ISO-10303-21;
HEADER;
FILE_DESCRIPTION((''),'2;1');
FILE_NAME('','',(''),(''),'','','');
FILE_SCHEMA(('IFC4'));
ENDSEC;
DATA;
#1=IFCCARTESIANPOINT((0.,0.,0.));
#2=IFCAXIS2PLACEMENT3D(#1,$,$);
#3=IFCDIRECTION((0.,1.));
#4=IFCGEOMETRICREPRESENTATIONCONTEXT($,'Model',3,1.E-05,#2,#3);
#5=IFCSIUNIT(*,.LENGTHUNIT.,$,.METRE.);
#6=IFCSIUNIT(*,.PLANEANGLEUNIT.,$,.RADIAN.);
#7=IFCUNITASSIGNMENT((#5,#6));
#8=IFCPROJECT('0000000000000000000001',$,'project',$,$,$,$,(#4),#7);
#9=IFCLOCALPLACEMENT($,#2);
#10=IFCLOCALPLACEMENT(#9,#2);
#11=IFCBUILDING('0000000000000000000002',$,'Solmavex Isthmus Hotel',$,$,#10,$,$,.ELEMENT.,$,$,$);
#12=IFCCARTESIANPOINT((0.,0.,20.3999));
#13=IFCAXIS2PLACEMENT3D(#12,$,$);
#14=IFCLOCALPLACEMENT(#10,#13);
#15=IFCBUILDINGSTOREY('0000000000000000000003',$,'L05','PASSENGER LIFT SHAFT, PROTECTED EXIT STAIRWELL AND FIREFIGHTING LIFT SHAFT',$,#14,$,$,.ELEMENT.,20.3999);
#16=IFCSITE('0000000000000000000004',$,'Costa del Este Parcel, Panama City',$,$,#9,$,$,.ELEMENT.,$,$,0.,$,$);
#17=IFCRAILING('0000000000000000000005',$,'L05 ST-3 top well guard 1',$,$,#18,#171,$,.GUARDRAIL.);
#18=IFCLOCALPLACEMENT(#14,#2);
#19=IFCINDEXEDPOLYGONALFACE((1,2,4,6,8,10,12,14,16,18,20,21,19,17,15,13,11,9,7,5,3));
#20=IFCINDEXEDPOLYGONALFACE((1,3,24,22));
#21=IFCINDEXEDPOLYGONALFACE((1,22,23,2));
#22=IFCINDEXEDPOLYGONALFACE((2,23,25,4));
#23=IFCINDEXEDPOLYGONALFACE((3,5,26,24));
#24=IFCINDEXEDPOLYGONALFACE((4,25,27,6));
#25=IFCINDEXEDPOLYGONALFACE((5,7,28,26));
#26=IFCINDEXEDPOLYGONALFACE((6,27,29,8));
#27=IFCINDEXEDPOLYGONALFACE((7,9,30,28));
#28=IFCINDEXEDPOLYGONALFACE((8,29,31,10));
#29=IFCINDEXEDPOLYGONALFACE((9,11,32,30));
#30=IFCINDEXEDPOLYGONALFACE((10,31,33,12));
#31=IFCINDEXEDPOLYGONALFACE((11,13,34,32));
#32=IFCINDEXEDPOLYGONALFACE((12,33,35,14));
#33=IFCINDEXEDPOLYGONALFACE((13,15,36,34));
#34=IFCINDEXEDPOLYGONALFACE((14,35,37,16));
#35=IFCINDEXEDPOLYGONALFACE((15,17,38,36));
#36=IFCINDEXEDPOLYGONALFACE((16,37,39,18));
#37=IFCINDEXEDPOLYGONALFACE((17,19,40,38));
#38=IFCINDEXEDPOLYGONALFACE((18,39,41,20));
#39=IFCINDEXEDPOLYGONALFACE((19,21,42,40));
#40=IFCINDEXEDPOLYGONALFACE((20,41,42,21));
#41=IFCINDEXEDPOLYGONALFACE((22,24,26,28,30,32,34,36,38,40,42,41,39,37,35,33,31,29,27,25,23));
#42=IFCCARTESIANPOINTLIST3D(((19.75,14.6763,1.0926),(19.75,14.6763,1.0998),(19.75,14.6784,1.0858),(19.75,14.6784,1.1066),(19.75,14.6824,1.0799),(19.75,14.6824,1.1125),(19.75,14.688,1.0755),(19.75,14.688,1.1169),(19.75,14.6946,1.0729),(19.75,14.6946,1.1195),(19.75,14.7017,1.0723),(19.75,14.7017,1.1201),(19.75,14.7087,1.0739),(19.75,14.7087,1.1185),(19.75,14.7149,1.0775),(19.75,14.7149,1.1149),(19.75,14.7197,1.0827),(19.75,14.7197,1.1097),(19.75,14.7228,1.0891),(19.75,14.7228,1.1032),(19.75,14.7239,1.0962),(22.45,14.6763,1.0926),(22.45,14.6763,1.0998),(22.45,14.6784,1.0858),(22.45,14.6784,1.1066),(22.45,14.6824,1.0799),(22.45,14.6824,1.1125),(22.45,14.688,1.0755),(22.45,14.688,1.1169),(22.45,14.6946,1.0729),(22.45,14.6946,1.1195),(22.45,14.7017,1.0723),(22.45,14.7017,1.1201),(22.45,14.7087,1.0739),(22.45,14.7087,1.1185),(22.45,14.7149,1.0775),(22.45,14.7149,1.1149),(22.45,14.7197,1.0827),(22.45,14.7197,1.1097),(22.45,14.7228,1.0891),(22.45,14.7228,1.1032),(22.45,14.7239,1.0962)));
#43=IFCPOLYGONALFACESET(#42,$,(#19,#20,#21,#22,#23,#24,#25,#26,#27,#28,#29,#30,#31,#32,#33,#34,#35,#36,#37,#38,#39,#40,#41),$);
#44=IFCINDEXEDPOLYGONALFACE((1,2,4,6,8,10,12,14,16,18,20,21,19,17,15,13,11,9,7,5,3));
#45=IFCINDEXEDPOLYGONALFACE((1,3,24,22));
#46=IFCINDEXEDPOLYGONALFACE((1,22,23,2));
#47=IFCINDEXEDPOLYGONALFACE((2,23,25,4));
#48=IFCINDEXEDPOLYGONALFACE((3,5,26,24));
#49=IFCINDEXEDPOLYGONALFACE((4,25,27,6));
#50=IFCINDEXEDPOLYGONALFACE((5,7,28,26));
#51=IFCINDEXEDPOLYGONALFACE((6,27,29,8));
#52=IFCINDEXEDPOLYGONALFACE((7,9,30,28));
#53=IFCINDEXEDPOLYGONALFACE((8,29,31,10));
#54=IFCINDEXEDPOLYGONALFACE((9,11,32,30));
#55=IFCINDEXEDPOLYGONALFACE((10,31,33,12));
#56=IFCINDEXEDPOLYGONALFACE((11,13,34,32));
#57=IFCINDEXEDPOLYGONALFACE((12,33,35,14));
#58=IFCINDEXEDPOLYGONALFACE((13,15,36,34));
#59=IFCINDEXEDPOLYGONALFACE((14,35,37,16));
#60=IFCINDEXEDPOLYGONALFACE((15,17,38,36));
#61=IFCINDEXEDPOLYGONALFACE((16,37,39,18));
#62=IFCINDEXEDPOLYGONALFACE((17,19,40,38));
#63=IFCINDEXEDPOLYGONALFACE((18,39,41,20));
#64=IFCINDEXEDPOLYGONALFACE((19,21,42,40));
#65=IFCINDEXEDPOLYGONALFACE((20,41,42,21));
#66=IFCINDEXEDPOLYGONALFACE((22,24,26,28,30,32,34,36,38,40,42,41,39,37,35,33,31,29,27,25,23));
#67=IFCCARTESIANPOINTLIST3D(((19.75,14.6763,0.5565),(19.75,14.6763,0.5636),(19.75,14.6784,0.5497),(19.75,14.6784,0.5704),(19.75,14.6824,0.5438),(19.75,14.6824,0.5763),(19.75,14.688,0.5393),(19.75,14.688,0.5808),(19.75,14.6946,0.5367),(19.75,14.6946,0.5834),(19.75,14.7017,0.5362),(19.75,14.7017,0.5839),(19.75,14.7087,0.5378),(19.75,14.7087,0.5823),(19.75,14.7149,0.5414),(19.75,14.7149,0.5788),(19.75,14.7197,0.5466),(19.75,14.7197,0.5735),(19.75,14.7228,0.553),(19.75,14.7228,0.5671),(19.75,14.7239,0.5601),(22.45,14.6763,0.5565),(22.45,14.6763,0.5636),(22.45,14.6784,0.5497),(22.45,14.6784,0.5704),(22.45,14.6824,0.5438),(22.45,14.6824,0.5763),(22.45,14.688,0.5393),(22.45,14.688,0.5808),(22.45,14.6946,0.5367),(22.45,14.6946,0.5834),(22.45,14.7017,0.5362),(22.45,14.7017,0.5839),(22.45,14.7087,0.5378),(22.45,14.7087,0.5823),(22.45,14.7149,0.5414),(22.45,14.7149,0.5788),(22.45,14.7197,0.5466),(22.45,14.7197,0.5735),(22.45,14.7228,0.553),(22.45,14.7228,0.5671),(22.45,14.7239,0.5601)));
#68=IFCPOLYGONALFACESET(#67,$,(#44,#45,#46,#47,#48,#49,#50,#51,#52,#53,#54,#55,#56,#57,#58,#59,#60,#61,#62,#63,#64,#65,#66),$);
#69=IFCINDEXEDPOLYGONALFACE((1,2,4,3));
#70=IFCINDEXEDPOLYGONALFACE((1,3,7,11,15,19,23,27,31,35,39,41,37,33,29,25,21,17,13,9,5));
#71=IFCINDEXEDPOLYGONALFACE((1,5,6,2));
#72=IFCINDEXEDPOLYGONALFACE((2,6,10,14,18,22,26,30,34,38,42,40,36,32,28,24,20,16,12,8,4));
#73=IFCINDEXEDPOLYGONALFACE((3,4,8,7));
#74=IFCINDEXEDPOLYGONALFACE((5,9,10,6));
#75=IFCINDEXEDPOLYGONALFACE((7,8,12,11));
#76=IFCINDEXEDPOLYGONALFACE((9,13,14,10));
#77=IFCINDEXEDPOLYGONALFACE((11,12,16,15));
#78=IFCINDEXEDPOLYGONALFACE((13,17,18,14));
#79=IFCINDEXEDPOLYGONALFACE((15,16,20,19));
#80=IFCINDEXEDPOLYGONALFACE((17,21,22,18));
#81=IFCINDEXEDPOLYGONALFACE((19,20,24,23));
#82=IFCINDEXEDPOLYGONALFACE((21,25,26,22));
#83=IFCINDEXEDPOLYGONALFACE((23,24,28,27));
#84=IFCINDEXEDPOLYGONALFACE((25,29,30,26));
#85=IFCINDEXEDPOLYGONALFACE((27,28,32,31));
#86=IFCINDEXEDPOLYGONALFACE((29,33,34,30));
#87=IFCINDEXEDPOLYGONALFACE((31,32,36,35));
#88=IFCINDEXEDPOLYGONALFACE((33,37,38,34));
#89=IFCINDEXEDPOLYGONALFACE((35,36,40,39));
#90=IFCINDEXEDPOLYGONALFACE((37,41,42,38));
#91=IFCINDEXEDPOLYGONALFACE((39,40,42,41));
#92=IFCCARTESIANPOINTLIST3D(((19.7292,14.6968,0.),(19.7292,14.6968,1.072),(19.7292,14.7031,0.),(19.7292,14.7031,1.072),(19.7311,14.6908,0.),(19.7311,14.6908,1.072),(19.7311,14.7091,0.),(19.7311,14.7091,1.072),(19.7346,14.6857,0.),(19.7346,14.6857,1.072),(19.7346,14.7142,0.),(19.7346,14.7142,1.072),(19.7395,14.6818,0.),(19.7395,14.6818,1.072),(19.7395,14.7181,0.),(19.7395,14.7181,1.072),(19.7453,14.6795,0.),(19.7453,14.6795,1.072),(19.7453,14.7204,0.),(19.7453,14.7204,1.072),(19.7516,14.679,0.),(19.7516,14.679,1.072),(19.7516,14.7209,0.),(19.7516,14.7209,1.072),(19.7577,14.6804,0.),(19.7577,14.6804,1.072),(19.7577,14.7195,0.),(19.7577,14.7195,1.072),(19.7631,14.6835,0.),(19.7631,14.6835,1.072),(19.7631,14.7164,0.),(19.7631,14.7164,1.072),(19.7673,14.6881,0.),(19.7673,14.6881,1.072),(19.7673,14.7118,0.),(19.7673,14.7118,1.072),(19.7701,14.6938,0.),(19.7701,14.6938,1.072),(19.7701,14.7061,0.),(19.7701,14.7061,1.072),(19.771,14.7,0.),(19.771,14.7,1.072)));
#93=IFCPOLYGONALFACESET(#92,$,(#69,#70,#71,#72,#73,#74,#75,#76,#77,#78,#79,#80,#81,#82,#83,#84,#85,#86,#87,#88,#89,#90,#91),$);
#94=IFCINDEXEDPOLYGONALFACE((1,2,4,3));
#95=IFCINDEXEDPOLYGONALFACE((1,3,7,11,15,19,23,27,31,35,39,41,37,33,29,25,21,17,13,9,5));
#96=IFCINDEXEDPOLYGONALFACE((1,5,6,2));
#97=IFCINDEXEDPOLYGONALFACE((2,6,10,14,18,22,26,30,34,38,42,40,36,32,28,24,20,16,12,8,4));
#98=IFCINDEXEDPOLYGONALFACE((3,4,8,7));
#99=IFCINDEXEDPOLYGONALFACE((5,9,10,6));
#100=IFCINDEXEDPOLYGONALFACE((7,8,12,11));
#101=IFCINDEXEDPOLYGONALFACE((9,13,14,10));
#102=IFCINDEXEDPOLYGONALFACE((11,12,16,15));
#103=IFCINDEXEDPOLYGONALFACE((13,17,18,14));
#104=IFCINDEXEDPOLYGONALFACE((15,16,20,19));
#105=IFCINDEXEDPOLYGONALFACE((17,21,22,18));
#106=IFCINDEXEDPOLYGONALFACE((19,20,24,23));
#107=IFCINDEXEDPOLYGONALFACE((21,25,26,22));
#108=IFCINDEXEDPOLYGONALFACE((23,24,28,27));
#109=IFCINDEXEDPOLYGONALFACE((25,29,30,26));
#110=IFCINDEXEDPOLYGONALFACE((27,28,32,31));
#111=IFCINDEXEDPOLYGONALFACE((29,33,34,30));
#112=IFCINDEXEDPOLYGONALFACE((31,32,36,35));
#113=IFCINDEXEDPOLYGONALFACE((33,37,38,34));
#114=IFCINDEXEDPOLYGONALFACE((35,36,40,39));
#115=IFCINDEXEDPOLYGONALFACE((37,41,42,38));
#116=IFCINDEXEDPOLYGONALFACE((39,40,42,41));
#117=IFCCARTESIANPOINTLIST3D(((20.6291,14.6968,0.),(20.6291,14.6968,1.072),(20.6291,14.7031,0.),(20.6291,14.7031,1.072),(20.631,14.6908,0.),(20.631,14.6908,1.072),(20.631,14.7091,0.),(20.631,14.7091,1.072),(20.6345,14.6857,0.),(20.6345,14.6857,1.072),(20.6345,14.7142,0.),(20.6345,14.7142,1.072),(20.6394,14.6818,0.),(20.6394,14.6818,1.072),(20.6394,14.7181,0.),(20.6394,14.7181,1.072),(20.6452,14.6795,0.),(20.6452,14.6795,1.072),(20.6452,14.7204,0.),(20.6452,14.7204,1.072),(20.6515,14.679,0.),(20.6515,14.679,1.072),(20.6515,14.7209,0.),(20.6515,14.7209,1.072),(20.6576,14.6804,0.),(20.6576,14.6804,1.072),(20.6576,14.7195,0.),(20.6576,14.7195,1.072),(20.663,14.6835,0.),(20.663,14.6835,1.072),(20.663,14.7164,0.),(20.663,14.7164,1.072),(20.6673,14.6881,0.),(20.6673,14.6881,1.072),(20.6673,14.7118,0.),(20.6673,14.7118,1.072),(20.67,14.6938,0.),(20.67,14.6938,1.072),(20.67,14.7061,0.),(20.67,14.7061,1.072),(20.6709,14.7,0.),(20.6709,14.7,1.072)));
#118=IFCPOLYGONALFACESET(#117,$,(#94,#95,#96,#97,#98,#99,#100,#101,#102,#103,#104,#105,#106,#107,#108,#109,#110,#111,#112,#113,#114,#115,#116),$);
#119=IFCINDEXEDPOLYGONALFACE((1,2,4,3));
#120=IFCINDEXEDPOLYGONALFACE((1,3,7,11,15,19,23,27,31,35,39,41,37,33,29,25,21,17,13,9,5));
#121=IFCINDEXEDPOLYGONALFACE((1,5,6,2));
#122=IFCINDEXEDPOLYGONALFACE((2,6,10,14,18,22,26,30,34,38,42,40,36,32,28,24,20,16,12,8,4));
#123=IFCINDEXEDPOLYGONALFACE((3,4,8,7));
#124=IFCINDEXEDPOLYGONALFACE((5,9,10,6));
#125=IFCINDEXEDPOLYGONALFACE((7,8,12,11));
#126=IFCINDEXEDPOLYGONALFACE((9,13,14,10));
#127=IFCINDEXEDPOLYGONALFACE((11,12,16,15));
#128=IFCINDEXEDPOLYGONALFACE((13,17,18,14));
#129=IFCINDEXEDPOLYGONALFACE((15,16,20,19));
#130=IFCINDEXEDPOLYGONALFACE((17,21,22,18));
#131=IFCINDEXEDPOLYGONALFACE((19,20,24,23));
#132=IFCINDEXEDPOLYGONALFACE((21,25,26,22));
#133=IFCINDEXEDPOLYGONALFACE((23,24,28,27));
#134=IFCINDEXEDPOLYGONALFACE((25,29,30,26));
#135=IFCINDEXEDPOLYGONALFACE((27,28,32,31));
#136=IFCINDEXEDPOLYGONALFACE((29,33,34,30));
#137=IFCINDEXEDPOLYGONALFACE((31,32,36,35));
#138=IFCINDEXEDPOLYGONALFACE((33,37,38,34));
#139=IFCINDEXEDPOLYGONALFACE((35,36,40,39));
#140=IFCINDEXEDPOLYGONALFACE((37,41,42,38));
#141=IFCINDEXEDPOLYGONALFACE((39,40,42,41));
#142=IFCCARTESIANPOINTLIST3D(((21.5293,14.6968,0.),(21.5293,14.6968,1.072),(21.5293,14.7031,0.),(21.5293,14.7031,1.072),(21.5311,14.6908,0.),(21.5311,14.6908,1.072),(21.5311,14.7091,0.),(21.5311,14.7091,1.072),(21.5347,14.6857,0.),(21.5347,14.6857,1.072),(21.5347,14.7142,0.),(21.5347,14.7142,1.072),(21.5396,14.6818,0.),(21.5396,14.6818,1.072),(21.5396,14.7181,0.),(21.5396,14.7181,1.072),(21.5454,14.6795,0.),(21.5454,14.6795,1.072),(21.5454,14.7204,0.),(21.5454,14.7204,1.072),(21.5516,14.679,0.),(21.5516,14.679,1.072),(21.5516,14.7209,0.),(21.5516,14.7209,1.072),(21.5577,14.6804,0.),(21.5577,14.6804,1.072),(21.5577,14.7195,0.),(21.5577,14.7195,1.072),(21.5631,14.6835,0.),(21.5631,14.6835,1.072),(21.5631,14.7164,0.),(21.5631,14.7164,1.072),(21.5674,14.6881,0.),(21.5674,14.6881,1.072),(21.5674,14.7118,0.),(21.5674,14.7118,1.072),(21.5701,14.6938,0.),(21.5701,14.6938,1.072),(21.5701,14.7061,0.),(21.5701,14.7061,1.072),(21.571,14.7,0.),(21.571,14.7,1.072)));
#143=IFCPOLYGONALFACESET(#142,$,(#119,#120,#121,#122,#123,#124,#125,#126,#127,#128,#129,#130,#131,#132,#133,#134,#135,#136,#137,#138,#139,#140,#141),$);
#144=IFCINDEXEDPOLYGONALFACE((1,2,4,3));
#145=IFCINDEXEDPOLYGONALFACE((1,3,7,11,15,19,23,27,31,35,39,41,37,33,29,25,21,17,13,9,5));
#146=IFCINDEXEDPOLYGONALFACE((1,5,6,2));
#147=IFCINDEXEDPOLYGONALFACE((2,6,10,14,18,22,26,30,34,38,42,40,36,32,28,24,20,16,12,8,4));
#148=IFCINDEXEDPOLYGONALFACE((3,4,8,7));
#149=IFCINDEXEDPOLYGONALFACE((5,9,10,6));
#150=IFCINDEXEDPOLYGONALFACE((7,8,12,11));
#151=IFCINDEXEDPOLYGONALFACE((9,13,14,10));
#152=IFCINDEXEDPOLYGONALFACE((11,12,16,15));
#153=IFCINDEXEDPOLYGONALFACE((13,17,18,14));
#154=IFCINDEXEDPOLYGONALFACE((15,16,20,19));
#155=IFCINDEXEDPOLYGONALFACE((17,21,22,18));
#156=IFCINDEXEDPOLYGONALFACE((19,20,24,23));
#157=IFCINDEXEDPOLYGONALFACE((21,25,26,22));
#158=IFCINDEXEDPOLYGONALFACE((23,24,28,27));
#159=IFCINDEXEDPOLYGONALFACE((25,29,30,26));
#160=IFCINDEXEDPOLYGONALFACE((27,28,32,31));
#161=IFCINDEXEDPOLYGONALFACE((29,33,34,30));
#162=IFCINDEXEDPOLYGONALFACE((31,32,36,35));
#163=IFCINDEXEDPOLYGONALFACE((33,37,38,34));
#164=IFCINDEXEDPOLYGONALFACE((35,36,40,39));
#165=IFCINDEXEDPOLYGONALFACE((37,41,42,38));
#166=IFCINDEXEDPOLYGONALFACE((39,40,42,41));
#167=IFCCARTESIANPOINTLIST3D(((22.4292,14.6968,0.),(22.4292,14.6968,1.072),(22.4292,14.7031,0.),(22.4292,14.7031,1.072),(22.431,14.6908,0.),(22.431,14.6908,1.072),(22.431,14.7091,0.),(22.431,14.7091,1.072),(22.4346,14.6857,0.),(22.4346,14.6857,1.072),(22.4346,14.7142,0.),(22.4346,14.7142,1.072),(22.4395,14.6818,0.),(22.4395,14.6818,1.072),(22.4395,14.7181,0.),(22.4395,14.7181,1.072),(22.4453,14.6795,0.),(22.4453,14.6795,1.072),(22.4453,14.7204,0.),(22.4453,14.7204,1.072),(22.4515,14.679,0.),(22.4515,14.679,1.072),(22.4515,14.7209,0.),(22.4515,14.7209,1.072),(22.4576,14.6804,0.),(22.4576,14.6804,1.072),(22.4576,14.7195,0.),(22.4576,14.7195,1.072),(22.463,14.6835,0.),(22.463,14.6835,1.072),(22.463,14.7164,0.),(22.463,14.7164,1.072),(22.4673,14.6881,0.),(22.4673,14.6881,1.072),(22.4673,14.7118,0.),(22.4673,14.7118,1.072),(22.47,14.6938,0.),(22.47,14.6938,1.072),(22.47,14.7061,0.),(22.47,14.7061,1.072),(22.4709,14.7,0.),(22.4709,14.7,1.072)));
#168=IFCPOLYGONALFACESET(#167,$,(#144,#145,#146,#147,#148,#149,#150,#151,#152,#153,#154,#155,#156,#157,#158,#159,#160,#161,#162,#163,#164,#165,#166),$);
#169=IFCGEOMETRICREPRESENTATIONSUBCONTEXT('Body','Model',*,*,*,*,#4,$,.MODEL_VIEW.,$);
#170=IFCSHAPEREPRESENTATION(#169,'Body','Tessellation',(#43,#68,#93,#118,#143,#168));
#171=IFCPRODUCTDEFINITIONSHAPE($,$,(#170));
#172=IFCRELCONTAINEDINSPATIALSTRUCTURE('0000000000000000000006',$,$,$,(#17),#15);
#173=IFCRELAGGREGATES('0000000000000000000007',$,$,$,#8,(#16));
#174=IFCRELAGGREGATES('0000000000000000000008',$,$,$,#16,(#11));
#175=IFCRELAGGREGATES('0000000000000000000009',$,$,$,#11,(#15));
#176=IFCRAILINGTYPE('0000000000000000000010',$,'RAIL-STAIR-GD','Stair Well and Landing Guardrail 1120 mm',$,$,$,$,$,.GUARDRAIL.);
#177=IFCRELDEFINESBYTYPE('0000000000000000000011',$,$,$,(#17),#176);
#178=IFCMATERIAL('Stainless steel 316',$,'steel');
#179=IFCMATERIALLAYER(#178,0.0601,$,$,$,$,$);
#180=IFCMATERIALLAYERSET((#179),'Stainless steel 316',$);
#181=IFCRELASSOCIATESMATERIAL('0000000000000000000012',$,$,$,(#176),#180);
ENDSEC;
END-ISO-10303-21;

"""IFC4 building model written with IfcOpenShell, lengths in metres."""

from ifc_helpers import new_model, si_unit, direction, frame, origin, origin_2d, place, context, subcontext, project, spatial, circle, extrude, material, layer, layer_set, type_object, element, save


model = new_model("IFC4")

# Units and contexts
model_context = context("Model", 3, precision=1e-05, world=origin(), true_north=direction((0.0, 1.0)))
body_context = subcontext(model_context, "Body", "Model", "MODEL_VIEW")
ifc_project = project(units=[si_unit("LENGTHUNIT", "METRE"), si_unit("PLANEANGLEUNIT", "RADIAN")], contexts=[model_context])

# Site, building, storey
site_placement = place(None, origin())
site = spatial("IfcSite", under=ifc_project, at=site_placement, Name="Costa del Este Parcel, Panama City", CompositionType="ELEMENT", RefElevation=0.0)
building_placement = place(site_placement, origin())
building = spatial("IfcBuilding", under=site, at=building_placement, Name="Solmavex Isthmus Hotel", CompositionType="ELEMENT")
storey_placement = place(building_placement, frame((0.0, 0.0, 20.3999)))
storey = spatial("IfcBuildingStorey", under=building, at=storey_placement, Name="L05", Description="PASSENGER LIFT SHAFT, PROTECTED EXIT STAIRWELL AND FIREFIGHTING LIFT SHAFT", CompositionType="ELEMENT", Elevation=20.3999)

# Railing
ifc_material_1 = material(Name="Stainless steel 316", Category="steel")
ifc_layer_1 = layer(ifc_material_1, 0.0601)
ifc_layer_set_1 = layer_set([ifc_layer_1], Name="Stainless steel 316")
railing_type = type_object("IfcRailingType", Name="RAIL-STAIR-GD", Description="Stair Well and Landing Guardrail 1120 mm", PredefinedType="GUARDRAIL", material=ifc_layer_set_1)
railing_placement = place(storey_placement, frame((19.75, 14.7, 0.0)))
element("IfcRailing", 1, at=railing_placement, inside=storey, type_object=railing_type, Name="L05 ST-3 top well guard 1", PredefinedType="GUARDRAIL", context=body_context, shape_type="SweptSolid", body=[
    extrude(circle(Radius=0.0239, at=origin_2d()), frame((0.0, 0.0, 1.0962), z_axis=(1.0, 0.0, 0.0), x_axis=(0.0, 1.0, 0.0)), (0.0, 0.0, 1.0), 2.7),
    extrude(circle(Radius=0.0239, at=origin_2d()), frame((0.0, 0.0, 0.5601), z_axis=(1.0, 0.0, 0.0), x_axis=(0.0, 1.0, 0.0)), (0.0, 0.0, 1.0), 2.7),
    extrude(circle(Radius=0.021, at=origin_2d()), origin(), (0.0, 0.0, 1.0), 1.072),
    extrude(circle(Radius=0.021, at=origin_2d()), frame((0.8999, 0.0, 0.0)), (0.0, 0.0, 1.0), 1.072),
    extrude(circle(Radius=0.021, at=origin_2d()), frame((1.8, 0.0, 0.0)), (0.0, 0.0, 1.0), 1.072),
    extrude(circle(Radius=0.021, at=origin_2d()), frame((2.7, 0.0, 0.0)), (0.0, 0.0, 1.0), 1.072),
])

save(model, "model.ifc")
